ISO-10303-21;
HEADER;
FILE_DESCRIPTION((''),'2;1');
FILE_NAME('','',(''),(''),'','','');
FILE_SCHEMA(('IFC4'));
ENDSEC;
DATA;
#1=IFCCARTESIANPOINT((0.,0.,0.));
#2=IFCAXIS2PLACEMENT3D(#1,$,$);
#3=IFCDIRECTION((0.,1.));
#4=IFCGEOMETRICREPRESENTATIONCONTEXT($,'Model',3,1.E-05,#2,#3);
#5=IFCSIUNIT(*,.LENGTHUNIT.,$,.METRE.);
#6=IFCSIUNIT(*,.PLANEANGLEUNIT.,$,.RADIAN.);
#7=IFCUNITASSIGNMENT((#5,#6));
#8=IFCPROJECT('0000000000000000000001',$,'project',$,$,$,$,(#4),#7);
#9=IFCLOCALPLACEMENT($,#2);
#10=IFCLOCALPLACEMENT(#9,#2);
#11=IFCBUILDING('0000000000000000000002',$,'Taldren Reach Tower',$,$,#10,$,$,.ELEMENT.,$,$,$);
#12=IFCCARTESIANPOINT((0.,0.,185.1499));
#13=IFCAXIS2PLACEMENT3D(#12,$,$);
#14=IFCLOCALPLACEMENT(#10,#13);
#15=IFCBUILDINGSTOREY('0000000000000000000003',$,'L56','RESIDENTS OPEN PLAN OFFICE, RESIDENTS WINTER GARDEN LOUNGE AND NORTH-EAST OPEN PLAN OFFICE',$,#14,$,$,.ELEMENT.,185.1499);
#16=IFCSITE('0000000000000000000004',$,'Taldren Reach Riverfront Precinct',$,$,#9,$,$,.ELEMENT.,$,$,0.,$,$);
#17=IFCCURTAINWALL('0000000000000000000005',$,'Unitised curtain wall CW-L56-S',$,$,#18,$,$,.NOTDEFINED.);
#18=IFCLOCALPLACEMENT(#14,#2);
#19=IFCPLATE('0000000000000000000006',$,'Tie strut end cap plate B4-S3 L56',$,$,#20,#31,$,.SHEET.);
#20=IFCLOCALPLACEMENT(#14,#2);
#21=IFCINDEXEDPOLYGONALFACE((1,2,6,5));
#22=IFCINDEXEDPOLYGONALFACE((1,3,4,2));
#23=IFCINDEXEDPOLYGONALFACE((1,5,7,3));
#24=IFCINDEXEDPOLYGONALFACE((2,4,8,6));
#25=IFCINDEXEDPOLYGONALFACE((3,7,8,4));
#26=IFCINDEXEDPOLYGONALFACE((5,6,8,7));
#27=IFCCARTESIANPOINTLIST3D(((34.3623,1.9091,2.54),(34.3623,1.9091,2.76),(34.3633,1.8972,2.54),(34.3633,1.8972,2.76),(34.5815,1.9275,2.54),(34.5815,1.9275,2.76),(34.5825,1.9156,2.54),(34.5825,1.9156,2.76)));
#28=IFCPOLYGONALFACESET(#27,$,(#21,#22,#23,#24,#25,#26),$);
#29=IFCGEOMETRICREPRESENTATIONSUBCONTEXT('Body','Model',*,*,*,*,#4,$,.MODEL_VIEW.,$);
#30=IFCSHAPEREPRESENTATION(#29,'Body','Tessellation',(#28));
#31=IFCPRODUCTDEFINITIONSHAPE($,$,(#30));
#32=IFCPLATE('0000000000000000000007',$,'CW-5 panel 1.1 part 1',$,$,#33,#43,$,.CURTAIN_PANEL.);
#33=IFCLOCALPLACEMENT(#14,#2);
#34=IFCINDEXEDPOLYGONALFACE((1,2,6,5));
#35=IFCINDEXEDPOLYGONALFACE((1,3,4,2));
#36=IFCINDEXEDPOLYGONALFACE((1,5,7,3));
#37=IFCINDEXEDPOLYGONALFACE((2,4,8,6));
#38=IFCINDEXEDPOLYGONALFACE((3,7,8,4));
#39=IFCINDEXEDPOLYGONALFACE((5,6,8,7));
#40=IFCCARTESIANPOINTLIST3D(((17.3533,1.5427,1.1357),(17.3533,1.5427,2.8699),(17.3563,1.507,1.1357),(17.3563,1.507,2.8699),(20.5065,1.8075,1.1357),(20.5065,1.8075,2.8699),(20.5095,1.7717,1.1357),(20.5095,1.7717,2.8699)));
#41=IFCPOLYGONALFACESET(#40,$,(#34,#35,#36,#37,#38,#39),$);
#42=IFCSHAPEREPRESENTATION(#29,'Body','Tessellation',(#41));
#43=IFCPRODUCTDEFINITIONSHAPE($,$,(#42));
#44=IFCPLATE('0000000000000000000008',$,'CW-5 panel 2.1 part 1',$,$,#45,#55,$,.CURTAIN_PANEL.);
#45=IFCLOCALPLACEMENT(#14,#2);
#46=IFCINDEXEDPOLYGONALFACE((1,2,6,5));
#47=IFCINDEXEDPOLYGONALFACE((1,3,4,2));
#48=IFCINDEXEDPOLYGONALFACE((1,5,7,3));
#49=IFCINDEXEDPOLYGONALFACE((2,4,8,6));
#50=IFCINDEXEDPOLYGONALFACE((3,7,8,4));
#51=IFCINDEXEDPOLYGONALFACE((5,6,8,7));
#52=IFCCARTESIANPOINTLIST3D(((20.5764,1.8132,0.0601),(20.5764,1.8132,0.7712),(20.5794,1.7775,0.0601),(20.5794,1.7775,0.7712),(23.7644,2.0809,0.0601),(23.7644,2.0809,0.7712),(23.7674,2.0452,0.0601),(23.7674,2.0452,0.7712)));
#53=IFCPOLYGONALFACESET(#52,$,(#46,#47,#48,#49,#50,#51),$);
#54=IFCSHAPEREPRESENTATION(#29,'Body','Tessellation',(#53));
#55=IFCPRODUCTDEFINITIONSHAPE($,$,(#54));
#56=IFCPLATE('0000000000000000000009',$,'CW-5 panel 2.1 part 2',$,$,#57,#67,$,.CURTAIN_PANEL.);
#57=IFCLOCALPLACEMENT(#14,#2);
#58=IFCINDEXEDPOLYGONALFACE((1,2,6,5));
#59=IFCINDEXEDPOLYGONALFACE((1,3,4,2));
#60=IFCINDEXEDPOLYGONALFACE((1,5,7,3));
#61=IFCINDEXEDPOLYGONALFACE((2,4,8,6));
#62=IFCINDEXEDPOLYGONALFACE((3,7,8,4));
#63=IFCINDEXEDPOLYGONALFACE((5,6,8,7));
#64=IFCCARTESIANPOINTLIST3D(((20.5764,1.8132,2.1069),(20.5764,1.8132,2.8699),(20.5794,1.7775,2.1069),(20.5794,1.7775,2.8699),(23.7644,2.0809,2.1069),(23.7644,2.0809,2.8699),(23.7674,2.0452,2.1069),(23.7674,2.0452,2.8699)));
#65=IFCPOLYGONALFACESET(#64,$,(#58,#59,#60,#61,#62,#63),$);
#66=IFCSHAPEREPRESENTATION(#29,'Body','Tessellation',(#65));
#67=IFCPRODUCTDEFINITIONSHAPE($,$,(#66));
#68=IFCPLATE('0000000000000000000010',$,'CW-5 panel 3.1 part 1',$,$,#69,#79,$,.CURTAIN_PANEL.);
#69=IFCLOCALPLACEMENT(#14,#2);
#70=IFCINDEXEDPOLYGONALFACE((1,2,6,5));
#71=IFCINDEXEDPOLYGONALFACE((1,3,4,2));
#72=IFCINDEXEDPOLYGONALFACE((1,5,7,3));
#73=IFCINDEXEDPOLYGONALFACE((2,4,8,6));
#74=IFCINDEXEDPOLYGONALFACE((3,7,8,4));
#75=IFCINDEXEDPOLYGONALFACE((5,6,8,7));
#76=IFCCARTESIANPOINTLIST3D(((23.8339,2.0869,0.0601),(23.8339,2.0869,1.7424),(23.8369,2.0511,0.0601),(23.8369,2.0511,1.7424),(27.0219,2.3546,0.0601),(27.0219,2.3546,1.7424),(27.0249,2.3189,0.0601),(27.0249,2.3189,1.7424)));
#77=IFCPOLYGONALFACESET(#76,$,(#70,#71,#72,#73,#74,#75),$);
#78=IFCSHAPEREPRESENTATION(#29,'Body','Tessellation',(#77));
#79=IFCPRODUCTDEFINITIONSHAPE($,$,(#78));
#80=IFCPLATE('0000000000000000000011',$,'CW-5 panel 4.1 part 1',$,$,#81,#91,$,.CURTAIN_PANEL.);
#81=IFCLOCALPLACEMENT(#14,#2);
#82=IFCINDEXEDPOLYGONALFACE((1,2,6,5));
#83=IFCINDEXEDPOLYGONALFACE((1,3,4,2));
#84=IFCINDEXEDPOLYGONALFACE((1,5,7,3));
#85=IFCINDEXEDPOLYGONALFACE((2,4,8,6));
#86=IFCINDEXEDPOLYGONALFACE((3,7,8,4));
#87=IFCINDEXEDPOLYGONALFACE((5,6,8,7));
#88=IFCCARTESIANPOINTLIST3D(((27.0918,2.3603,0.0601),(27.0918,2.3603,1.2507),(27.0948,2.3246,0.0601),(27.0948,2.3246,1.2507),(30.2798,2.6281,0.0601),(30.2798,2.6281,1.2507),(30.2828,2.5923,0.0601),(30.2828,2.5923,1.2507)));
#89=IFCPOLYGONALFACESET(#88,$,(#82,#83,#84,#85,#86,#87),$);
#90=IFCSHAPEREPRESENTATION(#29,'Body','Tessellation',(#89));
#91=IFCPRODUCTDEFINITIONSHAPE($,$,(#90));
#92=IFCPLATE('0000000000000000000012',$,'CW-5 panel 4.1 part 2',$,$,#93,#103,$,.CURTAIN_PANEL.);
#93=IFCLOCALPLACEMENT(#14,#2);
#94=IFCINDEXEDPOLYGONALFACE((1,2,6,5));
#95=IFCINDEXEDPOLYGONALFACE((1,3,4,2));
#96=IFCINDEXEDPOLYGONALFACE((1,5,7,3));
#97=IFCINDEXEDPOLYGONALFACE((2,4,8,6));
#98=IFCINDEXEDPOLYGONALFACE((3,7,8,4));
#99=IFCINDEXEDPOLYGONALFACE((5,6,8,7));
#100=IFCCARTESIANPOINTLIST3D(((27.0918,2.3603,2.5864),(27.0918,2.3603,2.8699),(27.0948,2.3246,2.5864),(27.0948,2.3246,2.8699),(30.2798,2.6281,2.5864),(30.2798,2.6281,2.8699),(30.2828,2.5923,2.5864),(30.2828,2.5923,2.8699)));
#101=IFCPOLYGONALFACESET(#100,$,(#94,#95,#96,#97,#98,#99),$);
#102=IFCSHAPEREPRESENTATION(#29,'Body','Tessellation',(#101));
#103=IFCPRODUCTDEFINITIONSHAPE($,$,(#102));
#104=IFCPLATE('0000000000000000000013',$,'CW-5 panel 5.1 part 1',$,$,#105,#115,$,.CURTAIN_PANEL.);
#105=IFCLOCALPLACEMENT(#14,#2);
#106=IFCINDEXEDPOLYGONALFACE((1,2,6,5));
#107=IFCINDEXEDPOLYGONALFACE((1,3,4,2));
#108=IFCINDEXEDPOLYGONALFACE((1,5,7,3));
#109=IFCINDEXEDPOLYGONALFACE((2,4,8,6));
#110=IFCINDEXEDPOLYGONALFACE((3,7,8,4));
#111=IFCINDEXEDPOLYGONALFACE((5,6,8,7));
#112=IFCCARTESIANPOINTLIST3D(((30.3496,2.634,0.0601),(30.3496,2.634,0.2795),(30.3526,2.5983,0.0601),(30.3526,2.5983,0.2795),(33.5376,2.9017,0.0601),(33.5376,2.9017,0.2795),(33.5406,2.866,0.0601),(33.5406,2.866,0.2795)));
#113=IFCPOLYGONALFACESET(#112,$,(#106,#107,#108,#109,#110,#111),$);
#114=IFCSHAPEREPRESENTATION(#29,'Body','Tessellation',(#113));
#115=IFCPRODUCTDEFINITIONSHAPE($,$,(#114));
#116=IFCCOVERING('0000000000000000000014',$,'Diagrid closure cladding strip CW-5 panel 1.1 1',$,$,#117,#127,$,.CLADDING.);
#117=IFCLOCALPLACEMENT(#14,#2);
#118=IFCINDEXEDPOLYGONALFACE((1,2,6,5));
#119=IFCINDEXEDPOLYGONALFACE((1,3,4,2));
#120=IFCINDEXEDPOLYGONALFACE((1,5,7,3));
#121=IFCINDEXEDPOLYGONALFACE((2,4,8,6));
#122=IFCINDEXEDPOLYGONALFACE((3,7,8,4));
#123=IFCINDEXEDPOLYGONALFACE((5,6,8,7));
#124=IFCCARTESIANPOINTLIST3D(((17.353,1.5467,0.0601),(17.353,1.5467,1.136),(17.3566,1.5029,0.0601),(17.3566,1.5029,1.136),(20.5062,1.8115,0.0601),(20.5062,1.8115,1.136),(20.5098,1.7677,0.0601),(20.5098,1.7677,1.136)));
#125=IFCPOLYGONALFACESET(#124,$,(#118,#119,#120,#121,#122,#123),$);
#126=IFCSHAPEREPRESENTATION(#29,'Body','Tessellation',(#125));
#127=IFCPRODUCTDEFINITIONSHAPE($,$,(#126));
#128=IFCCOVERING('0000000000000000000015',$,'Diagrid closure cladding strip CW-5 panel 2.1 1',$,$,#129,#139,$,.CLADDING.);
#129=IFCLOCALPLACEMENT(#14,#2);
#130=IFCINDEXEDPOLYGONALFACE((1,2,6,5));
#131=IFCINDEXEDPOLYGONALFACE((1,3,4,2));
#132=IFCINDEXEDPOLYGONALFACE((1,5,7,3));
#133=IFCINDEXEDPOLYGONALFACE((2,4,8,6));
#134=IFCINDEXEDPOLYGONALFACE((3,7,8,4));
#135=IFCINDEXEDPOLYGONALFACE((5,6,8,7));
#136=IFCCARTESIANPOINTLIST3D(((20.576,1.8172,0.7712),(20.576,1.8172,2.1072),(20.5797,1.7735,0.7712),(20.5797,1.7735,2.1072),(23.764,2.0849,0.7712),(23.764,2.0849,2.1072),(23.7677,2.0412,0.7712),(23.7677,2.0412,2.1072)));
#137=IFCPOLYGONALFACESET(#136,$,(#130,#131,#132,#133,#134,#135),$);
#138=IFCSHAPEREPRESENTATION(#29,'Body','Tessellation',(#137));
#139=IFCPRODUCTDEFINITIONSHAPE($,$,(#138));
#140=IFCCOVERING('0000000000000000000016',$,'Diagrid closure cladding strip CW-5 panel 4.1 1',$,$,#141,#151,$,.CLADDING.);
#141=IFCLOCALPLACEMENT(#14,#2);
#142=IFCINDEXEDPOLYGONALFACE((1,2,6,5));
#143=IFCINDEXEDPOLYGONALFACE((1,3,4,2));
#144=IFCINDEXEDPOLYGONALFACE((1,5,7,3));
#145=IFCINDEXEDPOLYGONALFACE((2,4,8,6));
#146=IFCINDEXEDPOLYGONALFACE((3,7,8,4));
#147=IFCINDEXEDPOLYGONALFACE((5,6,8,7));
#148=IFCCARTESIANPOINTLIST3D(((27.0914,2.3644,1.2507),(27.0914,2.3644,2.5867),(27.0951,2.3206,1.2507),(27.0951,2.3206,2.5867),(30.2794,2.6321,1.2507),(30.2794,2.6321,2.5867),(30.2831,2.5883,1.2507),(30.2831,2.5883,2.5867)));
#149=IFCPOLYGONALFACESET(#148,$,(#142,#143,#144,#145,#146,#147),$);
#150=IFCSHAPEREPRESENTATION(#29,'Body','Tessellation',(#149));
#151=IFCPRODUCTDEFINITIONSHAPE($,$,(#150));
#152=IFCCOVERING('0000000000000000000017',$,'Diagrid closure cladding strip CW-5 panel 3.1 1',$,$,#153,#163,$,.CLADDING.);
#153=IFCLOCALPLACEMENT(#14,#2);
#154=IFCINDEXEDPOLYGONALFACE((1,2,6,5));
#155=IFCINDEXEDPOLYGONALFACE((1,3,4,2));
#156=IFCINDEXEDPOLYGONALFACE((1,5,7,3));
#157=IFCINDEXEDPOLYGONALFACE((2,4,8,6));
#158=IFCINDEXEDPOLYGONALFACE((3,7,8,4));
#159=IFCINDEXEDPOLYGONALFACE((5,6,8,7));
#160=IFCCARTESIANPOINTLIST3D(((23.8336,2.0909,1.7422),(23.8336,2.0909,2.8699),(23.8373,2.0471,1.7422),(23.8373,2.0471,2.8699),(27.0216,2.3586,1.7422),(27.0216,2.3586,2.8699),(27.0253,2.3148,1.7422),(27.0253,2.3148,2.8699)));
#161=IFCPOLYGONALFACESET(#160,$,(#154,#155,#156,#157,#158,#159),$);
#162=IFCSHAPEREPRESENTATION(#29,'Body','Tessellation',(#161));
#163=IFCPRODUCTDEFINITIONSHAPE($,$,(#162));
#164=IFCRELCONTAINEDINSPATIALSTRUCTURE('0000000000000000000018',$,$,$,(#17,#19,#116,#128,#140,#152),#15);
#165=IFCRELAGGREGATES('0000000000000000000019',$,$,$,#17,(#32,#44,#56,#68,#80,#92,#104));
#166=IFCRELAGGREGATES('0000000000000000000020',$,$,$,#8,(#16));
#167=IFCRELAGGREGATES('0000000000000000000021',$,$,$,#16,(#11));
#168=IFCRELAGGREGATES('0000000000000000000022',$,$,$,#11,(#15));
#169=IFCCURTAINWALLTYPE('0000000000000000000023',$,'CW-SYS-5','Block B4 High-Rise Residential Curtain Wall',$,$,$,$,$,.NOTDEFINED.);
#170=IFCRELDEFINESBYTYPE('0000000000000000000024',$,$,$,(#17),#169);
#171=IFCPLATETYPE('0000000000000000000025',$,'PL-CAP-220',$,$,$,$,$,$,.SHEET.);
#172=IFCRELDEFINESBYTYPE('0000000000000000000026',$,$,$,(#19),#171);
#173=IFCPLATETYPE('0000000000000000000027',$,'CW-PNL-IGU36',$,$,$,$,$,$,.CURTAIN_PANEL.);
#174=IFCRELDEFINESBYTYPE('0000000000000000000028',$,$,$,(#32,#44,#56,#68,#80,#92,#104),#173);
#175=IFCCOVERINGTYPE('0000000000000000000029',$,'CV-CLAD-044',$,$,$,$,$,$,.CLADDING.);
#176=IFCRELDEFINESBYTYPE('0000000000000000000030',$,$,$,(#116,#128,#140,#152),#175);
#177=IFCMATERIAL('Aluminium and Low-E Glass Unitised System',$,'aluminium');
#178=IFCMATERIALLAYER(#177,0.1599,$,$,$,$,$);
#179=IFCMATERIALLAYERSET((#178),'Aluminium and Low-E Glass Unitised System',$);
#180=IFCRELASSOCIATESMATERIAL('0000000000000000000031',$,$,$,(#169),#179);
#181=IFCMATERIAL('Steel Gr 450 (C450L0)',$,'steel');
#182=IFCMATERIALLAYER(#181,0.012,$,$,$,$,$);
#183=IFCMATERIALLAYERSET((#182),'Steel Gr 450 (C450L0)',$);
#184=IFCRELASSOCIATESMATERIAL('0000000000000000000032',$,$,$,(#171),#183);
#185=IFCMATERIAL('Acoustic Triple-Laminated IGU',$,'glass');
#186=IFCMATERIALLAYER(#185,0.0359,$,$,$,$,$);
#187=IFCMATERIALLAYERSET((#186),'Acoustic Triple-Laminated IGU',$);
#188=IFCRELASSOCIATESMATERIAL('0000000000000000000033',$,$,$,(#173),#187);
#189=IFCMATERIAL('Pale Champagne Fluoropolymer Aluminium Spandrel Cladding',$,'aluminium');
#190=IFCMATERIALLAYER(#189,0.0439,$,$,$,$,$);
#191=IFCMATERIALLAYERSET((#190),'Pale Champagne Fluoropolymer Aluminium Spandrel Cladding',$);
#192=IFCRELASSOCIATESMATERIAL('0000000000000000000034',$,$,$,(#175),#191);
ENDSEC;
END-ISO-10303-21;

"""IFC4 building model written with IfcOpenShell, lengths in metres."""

from ifc_helpers import new_model, si_unit, direction, frame, origin, origin_2d, place, context, subcontext, project, spatial, rectangle, extrude, source, transform, mapped, material, layer, layer_set, type_object, element, aggregate, save


model = new_model("IFC4")

# Units and contexts
model_context = context("Model", 3, precision=1e-05, world=origin(), true_north=direction((0.0, 1.0)))
body_context = subcontext(model_context, "Body", "Model", "MODEL_VIEW")
ifc_project = project(units=[si_unit("LENGTHUNIT", "METRE"), si_unit("PLANEANGLEUNIT", "RADIAN")], contexts=[model_context])

# Site, building, storey
site_placement = place(None, origin())
site = spatial("IfcSite", under=ifc_project, at=site_placement, Name="Taldren Reach Riverfront Precinct", CompositionType="ELEMENT", RefElevation=0.0)
building_placement = place(site_placement, origin())
building = spatial("IfcBuilding", under=site, at=building_placement, Name="Taldren Reach Tower", CompositionType="ELEMENT")
storey_placement = place(building_placement, frame((0.0, 0.0, 185.1499)))
storey = spatial("IfcBuildingStorey", under=building, at=storey_placement, Name="L56", Description="RESIDENTS OPEN PLAN OFFICE, RESIDENTS WINTER GARDEN LOUNGE AND NORTH-EAST OPEN PLAN OFFICE", CompositionType="ELEMENT", Elevation=185.1499)

# Shared definitions
ifc_material_1 = material(Name="Steel Gr 450 (C450L0)", Category="steel")

# Curtain wall
ifc_material_2 = material(Name="Aluminium and Low-E Glass Unitised System", Category="aluminium")
ifc_layer_1 = layer(ifc_material_2, 0.1599)
ifc_layer_set_1 = layer_set([ifc_layer_1], Name="Aluminium and Low-E Glass Unitised System")
curtain_wall_type = type_object("IfcCurtainWallType", Name="CW-SYS-5", Description="Block B4 High-Rise Residential Curtain Wall", PredefinedType="NOTDEFINED", material=ifc_layer_set_1)
curtain_wall_placement = place(storey_placement, origin())
curtain_wall = element("IfcCurtainWall", 1, at=curtain_wall_placement, inside=storey, type_object=curtain_wall_type, Name="Unitised curtain wall CW-L56-S", PredefinedType="NOTDEFINED")

# Plate
ifc_layer_2 = layer(ifc_material_1, 0.012)
ifc_layer_set_2 = layer_set([ifc_layer_2], Name="Steel Gr 450 (C450L0)")
plate_type_1 = type_object("IfcPlateType", Name="PL-CAP-220", PredefinedType="SHEET", material=ifc_layer_set_2)
shared_shape_1 = source(origin(), body_context, "Body", "SweptSolid", [
    extrude(rectangle(XDim=0.22, YDim=0.012, at=origin_2d()), origin(), (0.0, 0.0, 1.0), 0.22),
])
for number, where, z_axis, x_axis, name in (
    (2, (34.4724, 1.9124, 2.54), (0.0, 0.0, 1.0), (0.996493, 0.083678, 0.0), "Tie strut end cap plate B4-S3 L56"),
):
    element("IfcPlate", number, at=place(storey_placement, frame(where, z_axis=z_axis, x_axis=x_axis)), inside=storey, type_object=plate_type_1, Name=name, PredefinedType="SHEET", context=body_context, shape_type="MappedRepresentation", body=[
        mapped(shared_shape_1, transform((0.0, 0.0, 0.0), scale=1.0)),
    ])

# Plates
ifc_material_3 = material(Name="Acoustic Triple-Laminated IGU", Category="glass")
ifc_layer_3 = layer(ifc_material_3, 0.0359)
ifc_layer_set_3 = layer_set([ifc_layer_3], Name="Acoustic Triple-Laminated IGU")
plate_type_2 = type_object("IfcPlateType", Name="CW-PNL-IGU36", PredefinedType="CURTAIN_PANEL", material=ifc_layer_set_3)
shared_shape_2 = source(origin(), body_context, "Body", "SweptSolid", [
    extrude(rectangle(XDim=3.1643, YDim=0.0359, at=origin_2d()), origin(), (0.0, 0.0, 1.0), 1.7341),
])
plate_1_placement = place(storey_placement, frame((18.9314, 1.6572, 1.1357), z_axis=(0.0, 0.0, 1.0), x_axis=(0.996493, 0.083678, 0.0)))
plate_1 = element("IfcPlate", 3, at=plate_1_placement, type_object=plate_type_2, Name="CW-5 panel 1.1 part 1", PredefinedType="CURTAIN_PANEL", context=body_context, shape_type="MappedRepresentation", body=[
    mapped(shared_shape_2, transform((0.0, 0.0, 0.0), scale=1.0)),
])
shared_shape_3 = source(origin(), body_context, "Body", "SweptSolid", [
    extrude(rectangle(XDim=3.1992, YDim=0.0359, at=origin_2d()), origin(), (0.0, 0.0, 1.0), 0.7112),
])
plate_2_placement = place(storey_placement, frame((22.1719, 1.9292, 0.0601), z_axis=(0.0, 0.0, 1.0), x_axis=(0.996493, 0.083678, 0.0)))
plate_2 = element("IfcPlate", 4, at=plate_2_placement, type_object=plate_type_2, Name="CW-5 panel 2.1 part 1", PredefinedType="CURTAIN_PANEL", context=body_context, shape_type="MappedRepresentation", body=[
    mapped(shared_shape_3, transform((0.0, 0.0, 0.0), scale=1.0)),
])
shared_shape_4 = source(origin(), body_context, "Body", "SweptSolid", [
    extrude(rectangle(XDim=3.1992, YDim=0.0359, at=origin_2d()), origin(), (0.0, 0.0, 1.0), 0.7629),
])
plate_3_placement = place(storey_placement, frame((22.1719, 1.9292, 2.1069), z_axis=(0.0, 0.0, 1.0), x_axis=(0.996493, 0.083678, 0.0)))
plate_3 = element("IfcPlate", 5, at=plate_3_placement, type_object=plate_type_2, Name="CW-5 panel 2.1 part 2", PredefinedType="CURTAIN_PANEL", context=body_context, shape_type="MappedRepresentation", body=[
    mapped(shared_shape_4, transform((0.0, 0.0, 0.0), scale=1.0)),
])
shared_shape_5 = source(origin(), body_context, "Body", "SweptSolid", [
    extrude(rectangle(XDim=3.1992, YDim=0.0359, at=origin_2d()), origin(), (0.0, 0.0, 1.0), 1.6824),
])
plate_4_placement = place(storey_placement, frame((25.4294, 2.2029, 0.0601), z_axis=(0.0, 0.0, 1.0), x_axis=(0.996493, 0.083678, 0.0)))
plate_4 = element("IfcPlate", 6, at=plate_4_placement, type_object=plate_type_2, Name="CW-5 panel 3.1 part 1", PredefinedType="CURTAIN_PANEL", context=body_context, shape_type="MappedRepresentation", body=[
    mapped(shared_shape_5, transform((0.0, 0.0, 0.0), scale=1.0)),
])
shared_shape_6 = source(origin(), body_context, "Body", "SweptSolid", [
    extrude(rectangle(XDim=3.1992, YDim=0.0359, at=origin_2d()), origin(), (0.0, 0.0, 1.0), 1.1907),
])
plate_5_placement = place(storey_placement, frame((28.6873, 2.4763, 0.0601), z_axis=(0.0, 0.0, 1.0), x_axis=(0.996493, 0.083678, 0.0)))
plate_5 = element("IfcPlate", 7, at=plate_5_placement, type_object=plate_type_2, Name="CW-5 panel 4.1 part 1", PredefinedType="CURTAIN_PANEL", context=body_context, shape_type="MappedRepresentation", body=[
    mapped(shared_shape_6, transform((0.0, 0.0, 0.0), scale=1.0)),
])
shared_shape_7 = source(origin(), body_context, "Body", "SweptSolid", [
    extrude(rectangle(XDim=3.1992, YDim=0.0359, at=origin_2d()), origin(), (0.0, 0.0, 1.0), 0.2834),
])
plate_6_placement = place(storey_placement, frame((28.6873, 2.4763, 2.5864), z_axis=(0.0, 0.0, 1.0), x_axis=(0.996493, 0.083678, 0.0)))
plate_6 = element("IfcPlate", 8, at=plate_6_placement, type_object=plate_type_2, Name="CW-5 panel 4.1 part 2", PredefinedType="CURTAIN_PANEL", context=body_context, shape_type="MappedRepresentation", body=[
    mapped(shared_shape_7, transform((0.0, 0.0, 0.0), scale=1.0)),
])
shared_shape_8 = source(origin(), body_context, "Body", "SweptSolid", [
    extrude(rectangle(XDim=3.1992, YDim=0.0359, at=origin_2d()), origin(), (0.0, 0.0, 1.0), 0.2195),
])
plate_7_placement = place(storey_placement, frame((31.9451, 2.75, 0.0601), z_axis=(0.0, 0.0, 1.0), x_axis=(0.996493, 0.083678, 0.0)))
plate_7 = element("IfcPlate", 9, at=plate_7_placement, type_object=plate_type_2, Name="CW-5 panel 5.1 part 1", PredefinedType="CURTAIN_PANEL", context=body_context, shape_type="MappedRepresentation", body=[
    mapped(shared_shape_8, transform((0.0, 0.0, 0.0), scale=1.0)),
])
aggregate(curtain_wall, [plate_1, plate_2, plate_3, plate_4, plate_5, plate_6, plate_7])

# Coverings
ifc_material_4 = material(Name="Pale Champagne Fluoropolymer Aluminium Spandrel Cladding", Category="aluminium")
ifc_layer_4 = layer(ifc_material_4, 0.0439)
ifc_layer_set_4 = layer_set([ifc_layer_4], Name="Pale Champagne Fluoropolymer Aluminium Spandrel Cladding")
covering_type = type_object("IfcCoveringType", Name="CV-CLAD-044", PredefinedType="CLADDING", material=ifc_layer_set_4)
shared_shape_9 = source(origin(), body_context, "Body", "SweptSolid", [
    extrude(rectangle(XDim=3.1643, YDim=0.0439, at=origin_2d()), origin(), (0.0, 0.0, 1.0), 1.0759),
])
covering_1_placement = place(storey_placement, frame((18.9314, 1.6572, 0.0601), z_axis=(0.0, 0.0, 1.0), x_axis=(0.996493, 0.083678, 0.0)))
element("IfcCovering", 10, at=covering_1_placement, inside=storey, type_object=covering_type, Name="Diagrid closure cladding strip CW-5 panel 1.1 1", PredefinedType="CLADDING", context=body_context, shape_type="MappedRepresentation", body=[
    mapped(shared_shape_9, transform((0.0, 0.0, 0.0), scale=1.0)),
])
shared_shape_10 = source(origin(), body_context, "Body", "SweptSolid", [
    extrude(rectangle(XDim=3.1992, YDim=0.0439, at=origin_2d()), origin(), (0.0, 0.0, 1.0), 1.3359),
])
for number, where, z_axis, x_axis, name in (
    (11, (22.1719, 1.9292, 0.7712), (0.0, 0.0, 1.0), (0.996493, 0.083678, 0.0), "Diagrid closure cladding strip CW-5 panel 2.1 1"),
    (12, (28.6873, 2.4763, 1.2507), (0.0, 0.0, 1.0), (0.996493, 0.083678, 0.0), "Diagrid closure cladding strip CW-5 panel 4.1 1"),
):
    element("IfcCovering", number, at=place(storey_placement, frame(where, z_axis=z_axis, x_axis=x_axis)), inside=storey, type_object=covering_type, Name=name, PredefinedType="CLADDING", context=body_context, shape_type="MappedRepresentation", body=[
        mapped(shared_shape_10, transform((0.0, 0.0, 0.0), scale=1.0)),
    ])
shared_shape_11 = source(origin(), body_context, "Body", "SweptSolid", [
    extrude(rectangle(XDim=3.1992, YDim=0.0439, at=origin_2d()), origin(), (0.0, 0.0, 1.0), 1.1277),
])
covering_2_placement = place(storey_placement, frame((25.4294, 2.2029, 1.7422), z_axis=(0.0, 0.0, 1.0), x_axis=(0.996493, 0.083678, 0.0)))
element("IfcCovering", 13, at=covering_2_placement, inside=storey, type_object=covering_type, Name="Diagrid closure cladding strip CW-5 panel 3.1 1", PredefinedType="CLADDING", context=body_context, shape_type="MappedRepresentation", body=[
    mapped(shared_shape_11, transform((0.0, 0.0, 0.0), scale=1.0)),
])

save(model, "model.ifc")
